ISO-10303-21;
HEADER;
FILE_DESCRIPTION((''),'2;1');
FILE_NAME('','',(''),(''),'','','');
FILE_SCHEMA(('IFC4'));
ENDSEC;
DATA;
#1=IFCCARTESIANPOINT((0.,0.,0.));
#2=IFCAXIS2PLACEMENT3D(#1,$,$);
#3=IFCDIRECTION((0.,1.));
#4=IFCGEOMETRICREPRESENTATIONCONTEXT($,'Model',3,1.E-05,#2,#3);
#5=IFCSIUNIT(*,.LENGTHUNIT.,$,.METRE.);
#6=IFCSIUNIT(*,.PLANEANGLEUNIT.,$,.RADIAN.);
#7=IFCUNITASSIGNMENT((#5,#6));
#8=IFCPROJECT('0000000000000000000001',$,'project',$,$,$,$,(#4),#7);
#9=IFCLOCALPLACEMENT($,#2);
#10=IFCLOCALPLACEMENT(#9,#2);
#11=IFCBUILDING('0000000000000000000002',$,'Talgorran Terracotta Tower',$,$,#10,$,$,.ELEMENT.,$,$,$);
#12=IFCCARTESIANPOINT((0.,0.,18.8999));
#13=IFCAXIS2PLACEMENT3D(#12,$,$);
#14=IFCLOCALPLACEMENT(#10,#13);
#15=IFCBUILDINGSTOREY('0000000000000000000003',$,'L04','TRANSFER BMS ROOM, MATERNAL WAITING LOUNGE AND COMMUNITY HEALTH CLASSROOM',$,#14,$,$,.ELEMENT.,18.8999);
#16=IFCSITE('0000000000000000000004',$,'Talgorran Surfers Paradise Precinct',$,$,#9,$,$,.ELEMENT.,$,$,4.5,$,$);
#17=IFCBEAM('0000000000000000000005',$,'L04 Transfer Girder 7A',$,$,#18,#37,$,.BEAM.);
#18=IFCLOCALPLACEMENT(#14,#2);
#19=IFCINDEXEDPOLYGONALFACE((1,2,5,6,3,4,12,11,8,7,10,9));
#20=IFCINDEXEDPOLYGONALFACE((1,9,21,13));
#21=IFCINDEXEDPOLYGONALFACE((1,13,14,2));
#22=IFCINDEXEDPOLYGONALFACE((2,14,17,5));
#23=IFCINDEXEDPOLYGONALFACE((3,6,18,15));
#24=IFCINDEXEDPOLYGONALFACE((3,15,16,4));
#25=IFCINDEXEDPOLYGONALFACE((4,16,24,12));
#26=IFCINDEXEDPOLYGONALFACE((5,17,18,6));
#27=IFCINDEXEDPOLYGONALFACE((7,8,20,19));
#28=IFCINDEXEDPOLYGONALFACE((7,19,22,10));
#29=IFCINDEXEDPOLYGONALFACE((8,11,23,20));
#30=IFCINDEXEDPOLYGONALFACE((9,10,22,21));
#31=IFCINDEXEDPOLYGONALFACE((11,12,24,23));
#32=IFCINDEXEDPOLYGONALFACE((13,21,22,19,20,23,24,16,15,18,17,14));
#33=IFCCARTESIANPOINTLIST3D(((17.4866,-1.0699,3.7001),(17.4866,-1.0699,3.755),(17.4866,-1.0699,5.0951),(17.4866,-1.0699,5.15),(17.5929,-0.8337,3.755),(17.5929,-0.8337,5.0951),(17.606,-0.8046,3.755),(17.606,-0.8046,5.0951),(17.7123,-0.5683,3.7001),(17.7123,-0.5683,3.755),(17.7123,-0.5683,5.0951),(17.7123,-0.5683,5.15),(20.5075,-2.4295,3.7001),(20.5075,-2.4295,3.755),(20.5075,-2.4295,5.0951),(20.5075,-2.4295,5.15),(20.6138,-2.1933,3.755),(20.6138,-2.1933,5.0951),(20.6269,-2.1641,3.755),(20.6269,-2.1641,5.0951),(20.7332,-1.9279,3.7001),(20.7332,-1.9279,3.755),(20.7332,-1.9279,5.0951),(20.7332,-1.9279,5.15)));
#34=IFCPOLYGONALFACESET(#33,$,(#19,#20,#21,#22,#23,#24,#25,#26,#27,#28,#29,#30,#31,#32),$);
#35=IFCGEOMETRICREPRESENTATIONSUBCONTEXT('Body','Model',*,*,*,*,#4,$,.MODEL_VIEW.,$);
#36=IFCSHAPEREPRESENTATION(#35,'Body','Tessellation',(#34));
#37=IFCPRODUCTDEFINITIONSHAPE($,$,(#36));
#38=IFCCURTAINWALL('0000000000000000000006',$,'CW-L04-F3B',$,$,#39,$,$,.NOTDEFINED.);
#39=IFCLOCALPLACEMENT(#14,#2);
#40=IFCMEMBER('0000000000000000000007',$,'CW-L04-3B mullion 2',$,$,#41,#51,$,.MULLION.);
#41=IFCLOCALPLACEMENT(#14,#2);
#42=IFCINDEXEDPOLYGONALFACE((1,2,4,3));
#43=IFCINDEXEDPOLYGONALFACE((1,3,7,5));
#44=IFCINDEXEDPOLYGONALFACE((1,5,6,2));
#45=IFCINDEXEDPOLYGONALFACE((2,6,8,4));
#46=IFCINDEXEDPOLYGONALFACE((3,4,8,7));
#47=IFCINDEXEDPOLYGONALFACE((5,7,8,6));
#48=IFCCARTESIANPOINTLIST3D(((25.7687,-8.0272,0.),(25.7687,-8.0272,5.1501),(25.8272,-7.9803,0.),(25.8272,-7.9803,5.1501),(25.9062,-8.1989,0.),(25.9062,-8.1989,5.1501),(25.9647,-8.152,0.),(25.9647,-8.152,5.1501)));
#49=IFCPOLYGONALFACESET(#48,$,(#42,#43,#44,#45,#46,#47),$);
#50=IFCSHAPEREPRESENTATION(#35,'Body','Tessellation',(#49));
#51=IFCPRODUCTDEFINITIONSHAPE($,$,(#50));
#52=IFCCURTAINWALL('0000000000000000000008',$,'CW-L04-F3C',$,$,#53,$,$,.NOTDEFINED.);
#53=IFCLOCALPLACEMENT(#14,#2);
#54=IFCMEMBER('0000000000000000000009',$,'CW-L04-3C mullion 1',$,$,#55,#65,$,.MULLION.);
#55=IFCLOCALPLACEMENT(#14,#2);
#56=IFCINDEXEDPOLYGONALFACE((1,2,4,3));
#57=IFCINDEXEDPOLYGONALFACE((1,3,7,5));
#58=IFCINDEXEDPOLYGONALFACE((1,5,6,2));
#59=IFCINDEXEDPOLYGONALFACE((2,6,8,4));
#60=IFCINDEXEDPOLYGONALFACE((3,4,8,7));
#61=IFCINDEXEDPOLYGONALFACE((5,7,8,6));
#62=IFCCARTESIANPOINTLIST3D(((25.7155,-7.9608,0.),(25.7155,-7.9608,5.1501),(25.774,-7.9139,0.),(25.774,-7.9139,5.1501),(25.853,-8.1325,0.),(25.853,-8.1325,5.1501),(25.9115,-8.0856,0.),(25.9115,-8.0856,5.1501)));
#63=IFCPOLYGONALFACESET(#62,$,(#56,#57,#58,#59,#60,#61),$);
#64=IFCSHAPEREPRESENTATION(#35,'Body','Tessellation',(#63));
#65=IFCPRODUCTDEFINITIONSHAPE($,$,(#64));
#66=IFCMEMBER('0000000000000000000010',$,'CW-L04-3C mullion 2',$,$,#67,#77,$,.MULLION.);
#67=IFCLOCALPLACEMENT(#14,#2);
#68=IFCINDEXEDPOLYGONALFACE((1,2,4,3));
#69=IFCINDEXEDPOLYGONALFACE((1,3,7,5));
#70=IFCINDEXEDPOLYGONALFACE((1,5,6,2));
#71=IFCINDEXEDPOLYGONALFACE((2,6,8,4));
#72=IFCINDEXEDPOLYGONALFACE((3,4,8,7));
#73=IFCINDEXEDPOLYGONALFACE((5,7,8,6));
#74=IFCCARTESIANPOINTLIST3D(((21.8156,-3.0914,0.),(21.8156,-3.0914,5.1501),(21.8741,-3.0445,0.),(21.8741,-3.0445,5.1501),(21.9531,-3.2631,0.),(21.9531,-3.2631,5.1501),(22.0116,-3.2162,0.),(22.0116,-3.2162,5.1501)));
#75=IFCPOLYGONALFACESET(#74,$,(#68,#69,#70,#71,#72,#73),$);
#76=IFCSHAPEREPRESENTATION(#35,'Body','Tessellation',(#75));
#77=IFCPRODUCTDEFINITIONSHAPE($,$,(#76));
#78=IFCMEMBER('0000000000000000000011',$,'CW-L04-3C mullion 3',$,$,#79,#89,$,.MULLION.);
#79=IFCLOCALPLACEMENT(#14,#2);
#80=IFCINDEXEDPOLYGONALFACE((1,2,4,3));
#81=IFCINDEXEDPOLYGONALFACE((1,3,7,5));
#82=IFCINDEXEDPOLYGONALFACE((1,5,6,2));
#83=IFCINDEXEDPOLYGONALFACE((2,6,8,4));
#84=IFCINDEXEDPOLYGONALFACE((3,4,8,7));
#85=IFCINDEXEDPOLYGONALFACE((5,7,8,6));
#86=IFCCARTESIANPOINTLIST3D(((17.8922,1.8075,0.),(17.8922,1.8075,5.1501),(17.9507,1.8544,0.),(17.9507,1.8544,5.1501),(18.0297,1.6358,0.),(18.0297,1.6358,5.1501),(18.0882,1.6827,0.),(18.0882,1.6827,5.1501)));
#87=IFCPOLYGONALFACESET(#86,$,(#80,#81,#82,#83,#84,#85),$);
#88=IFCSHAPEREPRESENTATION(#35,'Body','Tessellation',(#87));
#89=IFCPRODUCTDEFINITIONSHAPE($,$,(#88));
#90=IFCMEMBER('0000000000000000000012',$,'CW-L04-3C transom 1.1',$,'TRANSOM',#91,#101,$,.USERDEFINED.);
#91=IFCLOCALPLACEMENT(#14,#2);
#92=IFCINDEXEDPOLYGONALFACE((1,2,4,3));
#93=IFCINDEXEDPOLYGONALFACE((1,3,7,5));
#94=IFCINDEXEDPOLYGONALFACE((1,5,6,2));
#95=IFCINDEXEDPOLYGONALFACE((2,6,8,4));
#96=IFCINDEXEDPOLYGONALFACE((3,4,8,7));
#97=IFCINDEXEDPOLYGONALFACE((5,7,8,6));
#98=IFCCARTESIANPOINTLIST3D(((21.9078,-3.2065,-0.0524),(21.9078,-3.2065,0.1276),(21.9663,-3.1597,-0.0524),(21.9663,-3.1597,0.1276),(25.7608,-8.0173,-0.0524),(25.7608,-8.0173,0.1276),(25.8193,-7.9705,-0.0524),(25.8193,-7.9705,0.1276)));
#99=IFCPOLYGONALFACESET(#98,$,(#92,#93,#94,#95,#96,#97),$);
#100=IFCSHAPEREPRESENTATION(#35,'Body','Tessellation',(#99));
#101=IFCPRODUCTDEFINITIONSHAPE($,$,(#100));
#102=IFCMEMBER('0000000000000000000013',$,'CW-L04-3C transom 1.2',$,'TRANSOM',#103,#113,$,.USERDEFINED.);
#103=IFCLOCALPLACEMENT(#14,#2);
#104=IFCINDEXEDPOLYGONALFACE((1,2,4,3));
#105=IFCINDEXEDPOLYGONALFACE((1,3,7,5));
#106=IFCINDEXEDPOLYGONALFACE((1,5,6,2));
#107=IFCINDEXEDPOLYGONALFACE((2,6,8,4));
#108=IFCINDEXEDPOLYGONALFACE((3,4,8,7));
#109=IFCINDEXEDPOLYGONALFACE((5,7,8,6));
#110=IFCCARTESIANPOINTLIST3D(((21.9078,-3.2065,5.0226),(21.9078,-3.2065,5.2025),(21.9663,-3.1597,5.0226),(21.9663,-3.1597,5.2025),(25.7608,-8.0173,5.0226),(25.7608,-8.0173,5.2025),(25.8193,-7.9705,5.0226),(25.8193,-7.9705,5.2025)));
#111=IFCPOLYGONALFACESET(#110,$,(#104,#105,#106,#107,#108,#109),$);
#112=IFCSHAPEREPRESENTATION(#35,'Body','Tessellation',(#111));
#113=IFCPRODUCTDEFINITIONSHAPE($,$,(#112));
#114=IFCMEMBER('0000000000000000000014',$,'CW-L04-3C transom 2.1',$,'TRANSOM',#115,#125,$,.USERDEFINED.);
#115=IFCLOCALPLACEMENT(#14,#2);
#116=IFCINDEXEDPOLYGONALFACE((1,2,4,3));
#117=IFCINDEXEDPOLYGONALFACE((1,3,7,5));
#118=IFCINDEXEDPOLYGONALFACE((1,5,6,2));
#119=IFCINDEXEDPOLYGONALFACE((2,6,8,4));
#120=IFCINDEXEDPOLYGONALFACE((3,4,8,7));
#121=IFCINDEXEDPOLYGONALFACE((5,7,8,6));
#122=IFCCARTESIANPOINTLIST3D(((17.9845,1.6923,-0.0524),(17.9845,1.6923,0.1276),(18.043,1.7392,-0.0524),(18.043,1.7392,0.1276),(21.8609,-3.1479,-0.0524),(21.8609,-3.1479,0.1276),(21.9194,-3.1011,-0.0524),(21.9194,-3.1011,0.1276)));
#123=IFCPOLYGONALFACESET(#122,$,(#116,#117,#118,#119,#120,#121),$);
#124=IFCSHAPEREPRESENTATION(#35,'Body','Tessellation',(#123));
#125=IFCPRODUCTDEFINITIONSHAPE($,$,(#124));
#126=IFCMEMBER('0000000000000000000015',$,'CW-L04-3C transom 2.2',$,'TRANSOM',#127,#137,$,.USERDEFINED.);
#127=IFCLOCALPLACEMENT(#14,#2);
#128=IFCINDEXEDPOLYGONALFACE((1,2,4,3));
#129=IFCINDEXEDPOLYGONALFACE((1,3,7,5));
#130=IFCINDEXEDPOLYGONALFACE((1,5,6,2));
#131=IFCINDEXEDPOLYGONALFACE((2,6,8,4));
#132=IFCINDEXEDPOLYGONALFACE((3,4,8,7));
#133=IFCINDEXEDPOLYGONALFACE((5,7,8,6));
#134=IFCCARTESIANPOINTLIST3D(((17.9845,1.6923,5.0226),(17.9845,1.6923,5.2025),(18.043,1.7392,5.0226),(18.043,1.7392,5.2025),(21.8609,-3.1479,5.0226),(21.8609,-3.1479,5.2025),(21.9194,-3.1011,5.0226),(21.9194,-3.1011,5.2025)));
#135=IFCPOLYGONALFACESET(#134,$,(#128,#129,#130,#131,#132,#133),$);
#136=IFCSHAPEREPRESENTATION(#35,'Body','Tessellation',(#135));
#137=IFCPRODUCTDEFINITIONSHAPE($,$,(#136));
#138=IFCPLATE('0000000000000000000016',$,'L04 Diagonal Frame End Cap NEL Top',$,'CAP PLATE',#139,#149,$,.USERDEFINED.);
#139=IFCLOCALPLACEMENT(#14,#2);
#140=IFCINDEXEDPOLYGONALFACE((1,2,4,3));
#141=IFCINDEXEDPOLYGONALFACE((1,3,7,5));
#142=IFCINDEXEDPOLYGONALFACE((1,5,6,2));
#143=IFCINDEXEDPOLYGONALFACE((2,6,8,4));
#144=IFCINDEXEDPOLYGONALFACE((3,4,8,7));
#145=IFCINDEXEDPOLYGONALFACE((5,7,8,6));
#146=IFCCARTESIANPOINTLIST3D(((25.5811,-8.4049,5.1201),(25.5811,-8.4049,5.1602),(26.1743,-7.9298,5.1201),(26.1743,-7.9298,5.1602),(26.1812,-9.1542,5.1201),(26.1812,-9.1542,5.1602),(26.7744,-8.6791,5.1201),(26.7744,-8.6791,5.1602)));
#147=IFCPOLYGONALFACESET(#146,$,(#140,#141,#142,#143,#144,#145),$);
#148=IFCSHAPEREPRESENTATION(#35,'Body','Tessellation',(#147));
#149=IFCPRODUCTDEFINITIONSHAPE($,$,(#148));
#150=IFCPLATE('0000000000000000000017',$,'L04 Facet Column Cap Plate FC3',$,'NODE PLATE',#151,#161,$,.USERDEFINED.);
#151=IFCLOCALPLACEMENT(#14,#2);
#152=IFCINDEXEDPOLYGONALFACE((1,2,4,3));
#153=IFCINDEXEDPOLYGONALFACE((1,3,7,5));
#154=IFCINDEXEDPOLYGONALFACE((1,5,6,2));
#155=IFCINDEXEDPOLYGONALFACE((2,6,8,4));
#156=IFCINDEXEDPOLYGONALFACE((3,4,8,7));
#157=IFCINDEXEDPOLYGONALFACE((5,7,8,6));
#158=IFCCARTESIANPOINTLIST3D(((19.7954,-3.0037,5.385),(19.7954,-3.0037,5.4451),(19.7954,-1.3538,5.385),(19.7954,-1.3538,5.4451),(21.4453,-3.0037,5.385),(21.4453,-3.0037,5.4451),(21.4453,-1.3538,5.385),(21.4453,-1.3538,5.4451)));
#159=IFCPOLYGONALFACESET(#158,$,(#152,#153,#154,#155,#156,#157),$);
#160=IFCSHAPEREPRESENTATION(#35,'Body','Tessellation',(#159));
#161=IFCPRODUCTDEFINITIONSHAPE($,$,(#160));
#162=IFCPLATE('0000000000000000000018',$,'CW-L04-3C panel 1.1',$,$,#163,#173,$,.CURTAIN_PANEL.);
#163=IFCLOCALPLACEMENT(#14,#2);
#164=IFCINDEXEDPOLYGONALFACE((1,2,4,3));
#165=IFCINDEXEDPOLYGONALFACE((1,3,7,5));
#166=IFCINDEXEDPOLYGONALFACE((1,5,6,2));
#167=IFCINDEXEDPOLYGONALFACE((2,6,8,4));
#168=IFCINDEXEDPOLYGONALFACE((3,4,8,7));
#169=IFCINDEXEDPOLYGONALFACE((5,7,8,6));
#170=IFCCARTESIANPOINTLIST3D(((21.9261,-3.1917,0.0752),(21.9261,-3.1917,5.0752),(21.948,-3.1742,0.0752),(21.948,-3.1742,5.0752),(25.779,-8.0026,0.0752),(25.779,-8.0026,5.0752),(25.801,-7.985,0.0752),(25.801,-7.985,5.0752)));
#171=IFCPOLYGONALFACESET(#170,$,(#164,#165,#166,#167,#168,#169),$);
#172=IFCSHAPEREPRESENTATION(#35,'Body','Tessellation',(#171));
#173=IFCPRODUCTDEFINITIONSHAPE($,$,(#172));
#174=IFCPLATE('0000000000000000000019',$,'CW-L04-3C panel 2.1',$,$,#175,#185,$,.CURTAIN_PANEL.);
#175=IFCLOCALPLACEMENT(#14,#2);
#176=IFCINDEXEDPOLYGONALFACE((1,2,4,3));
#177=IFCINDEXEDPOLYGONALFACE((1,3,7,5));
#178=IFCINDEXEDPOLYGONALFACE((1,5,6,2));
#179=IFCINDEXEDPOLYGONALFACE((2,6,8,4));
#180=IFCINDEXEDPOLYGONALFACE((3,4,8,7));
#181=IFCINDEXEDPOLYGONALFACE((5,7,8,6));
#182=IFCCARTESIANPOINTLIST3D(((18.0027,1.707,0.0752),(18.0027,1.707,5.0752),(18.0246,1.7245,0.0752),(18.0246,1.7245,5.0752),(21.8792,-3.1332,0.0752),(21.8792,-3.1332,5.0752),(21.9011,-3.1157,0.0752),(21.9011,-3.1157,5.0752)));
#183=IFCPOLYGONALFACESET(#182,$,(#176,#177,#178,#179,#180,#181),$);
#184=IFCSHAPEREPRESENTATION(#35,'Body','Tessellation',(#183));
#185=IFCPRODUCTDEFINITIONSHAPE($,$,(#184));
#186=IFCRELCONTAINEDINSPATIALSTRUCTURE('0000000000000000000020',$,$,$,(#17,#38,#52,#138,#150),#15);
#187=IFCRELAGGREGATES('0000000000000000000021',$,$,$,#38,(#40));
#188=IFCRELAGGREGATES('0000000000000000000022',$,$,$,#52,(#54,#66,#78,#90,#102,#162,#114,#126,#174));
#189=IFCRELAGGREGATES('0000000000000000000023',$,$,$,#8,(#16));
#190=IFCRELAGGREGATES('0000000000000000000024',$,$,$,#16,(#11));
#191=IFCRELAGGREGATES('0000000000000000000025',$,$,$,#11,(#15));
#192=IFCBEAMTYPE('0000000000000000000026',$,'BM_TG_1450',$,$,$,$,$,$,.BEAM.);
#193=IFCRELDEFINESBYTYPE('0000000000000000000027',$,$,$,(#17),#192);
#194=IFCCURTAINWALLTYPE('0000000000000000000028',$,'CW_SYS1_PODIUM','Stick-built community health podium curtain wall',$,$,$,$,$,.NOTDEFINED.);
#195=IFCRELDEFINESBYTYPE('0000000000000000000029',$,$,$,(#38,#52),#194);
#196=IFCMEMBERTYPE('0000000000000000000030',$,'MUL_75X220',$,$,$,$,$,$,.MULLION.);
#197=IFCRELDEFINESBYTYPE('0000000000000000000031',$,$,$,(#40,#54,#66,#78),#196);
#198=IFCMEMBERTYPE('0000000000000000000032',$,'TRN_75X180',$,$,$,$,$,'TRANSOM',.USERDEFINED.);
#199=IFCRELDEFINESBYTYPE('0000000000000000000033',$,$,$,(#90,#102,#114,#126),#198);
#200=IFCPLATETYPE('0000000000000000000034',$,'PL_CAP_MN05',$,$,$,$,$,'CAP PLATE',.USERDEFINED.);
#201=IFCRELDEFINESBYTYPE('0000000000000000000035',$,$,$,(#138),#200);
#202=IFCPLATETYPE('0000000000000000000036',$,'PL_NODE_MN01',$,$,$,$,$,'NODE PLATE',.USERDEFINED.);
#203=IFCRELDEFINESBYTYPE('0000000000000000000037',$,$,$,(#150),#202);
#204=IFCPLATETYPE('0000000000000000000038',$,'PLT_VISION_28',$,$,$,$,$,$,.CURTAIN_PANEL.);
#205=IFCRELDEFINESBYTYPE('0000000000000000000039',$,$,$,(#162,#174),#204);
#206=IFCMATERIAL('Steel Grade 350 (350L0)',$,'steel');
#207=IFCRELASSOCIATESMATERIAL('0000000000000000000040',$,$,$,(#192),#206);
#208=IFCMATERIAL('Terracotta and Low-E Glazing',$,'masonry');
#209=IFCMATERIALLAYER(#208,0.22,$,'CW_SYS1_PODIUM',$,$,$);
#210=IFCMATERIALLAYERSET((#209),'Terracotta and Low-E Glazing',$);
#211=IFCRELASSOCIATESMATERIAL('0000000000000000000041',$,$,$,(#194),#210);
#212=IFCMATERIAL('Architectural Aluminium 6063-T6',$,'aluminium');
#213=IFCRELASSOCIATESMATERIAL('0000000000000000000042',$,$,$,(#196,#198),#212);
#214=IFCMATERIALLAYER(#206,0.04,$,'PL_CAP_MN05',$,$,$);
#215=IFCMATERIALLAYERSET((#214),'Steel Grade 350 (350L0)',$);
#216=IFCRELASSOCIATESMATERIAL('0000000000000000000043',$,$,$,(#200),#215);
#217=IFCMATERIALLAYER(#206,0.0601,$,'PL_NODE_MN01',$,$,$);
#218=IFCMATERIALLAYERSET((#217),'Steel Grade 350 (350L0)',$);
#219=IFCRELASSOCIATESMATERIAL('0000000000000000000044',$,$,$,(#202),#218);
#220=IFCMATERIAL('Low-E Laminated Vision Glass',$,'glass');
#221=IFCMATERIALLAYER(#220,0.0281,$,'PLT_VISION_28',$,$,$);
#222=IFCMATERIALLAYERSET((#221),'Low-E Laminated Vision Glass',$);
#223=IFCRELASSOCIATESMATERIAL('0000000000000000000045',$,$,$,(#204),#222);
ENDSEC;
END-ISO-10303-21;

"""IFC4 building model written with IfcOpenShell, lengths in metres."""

from ifc_helpers import new_model, si_unit, direction, frame, origin, origin_2d, place, context, subcontext, project, spatial, rectangle, i_section, extrude, source, transform, mapped, material, layer, layer_set, material_profile, profile_set, type_object, type_shapes, element, aggregate, save


model = new_model("IFC4")

# Units and contexts
model_context = context("Model", 3, precision=1e-05, world=origin(), true_north=direction((0.0, 1.0)))
body_context = subcontext(model_context, "Body", "Model", "MODEL_VIEW")
ifc_project = project(units=[si_unit("LENGTHUNIT", "METRE"), si_unit("PLANEANGLEUNIT", "RADIAN")], contexts=[model_context])

# Site, building, storey
site_placement = place(None, origin())
site = spatial("IfcSite", under=ifc_project, at=site_placement, Name="Talgorran Surfers Paradise Precinct", CompositionType="ELEMENT", RefElevation=4.5)
building_placement = place(site_placement, origin())
building = spatial("IfcBuilding", under=site, at=building_placement, Name="Talgorran Terracotta Tower", CompositionType="ELEMENT")
storey_placement = place(building_placement, frame((0.0, 0.0, 18.8999)))
storey = spatial("IfcBuildingStorey", under=building, at=storey_placement, Name="L04", Description="TRANSFER BMS ROOM, MATERNAL WAITING LOUNGE AND COMMUNITY HEALTH CLASSROOM", CompositionType="ELEMENT", Elevation=18.8999)

# Shared definitions
ifc_material_1 = material(Name="Steel Grade 350 (350L0)", Category="steel")

# Beam
ifc_material_profile_1 = material_profile(ifc_material_1, i_section(OverallWidth=0.55, OverallDepth=1.45, WebThickness=0.032, FlangeThickness=0.0549, at=origin_2d()), Name="TG1450X550")
ifc_profile_set_1 = profile_set([ifc_material_profile_1], Name="Steel Grade 350 (350L0)")
beam_type_1 = type_object("IfcBeamType", Name="BM_TG_1450", PredefinedType="BEAM", material=ifc_profile_set_1)
beam_1_placement = place(storey_placement, frame((20.6204, -2.1787, 4.425), z_axis=(-0.911902, 0.410408, 0.0), x_axis=(-0.410408, -0.911902, 0.0)))
element("IfcBeam", 1, at=beam_1_placement, inside=storey, type_object=beam_type_1, Name="L04 Transfer Girder 7A", PredefinedType="BEAM", context=body_context, shape_type="SweptSolid", body=[
    extrude(i_section(OverallWidth=0.55, OverallDepth=1.45, WebThickness=0.032, FlangeThickness=0.0549, at=origin_2d()), origin(), (0.0, 0.0, 1.0), 3.3127),
])

# Curtain wall, member
ifc_material_2 = material(Name="Terracotta and Low-E Glazing", Category="masonry")
ifc_layer_1 = layer(ifc_material_2, 0.22, Name="CW_SYS1_PODIUM")
ifc_layer_set_1 = layer_set([ifc_layer_1], Name="Terracotta and Low-E Glazing")
curtain_wall_type = type_object("IfcCurtainWallType", Name="CW_SYS1_PODIUM", Description="Stick-built community health podium curtain wall", PredefinedType="NOTDEFINED", material=ifc_layer_set_1)
curtain_wall_1_placement = place(storey_placement, origin())
curtain_wall_1 = element("IfcCurtainWall", 2, at=curtain_wall_1_placement, inside=storey, type_object=curtain_wall_type, Name="CW-L04-F3B", PredefinedType="NOTDEFINED")
ifc_material_3 = material(Name="Architectural Aluminium 6063-T6", Category="aluminium")
ifc_material_profile_2 = material_profile(ifc_material_3, rectangle(XDim=0.075, YDim=0.22, at=origin_2d()), Name="CWM75X220")
ifc_profile_set_2 = profile_set([ifc_material_profile_2], Name="Architectural Aluminium 6063-T6")
member_type_1 = type_object("IfcMemberType", Name="MUL_75X220", PredefinedType="MULLION", material=ifc_profile_set_2)
member_1_placement = place(storey_placement, frame((25.8667, -8.0896, 0.0), z_axis=(0.0, 0.0, 1.0), x_axis=(-0.780541, -0.625104, 0.0)))
member_1 = element("IfcMember", 3, at=member_1_placement, type_object=member_type_1, Name="CW-L04-3B mullion 2", PredefinedType="MULLION", context=body_context, shape_type="SweptSolid", body=[
    extrude(rectangle(XDim=0.075, YDim=0.22, at=origin_2d()), origin(), (0.0, 0.0, 1.0), 5.1501),
])
aggregate(curtain_wall_1, [member_1])

# Curtain wall, members
curtain_wall_2_placement = place(storey_placement, origin())
curtain_wall_2 = element("IfcCurtainWall", 4, at=curtain_wall_2_placement, inside=storey, type_object=curtain_wall_type, Name="CW-L04-F3C", PredefinedType="NOTDEFINED")
member_2_placement = place(storey_placement, frame((25.8135, -8.0232, 0.0), z_axis=(0.0, 0.0, 1.0), x_axis=(-0.780533, -0.625115, 0.0)))
member_2 = element("IfcMember", 5, at=member_2_placement, type_object=member_type_1, Name="CW-L04-3C mullion 1", PredefinedType="MULLION", context=body_context, shape_type="SweptSolid", body=[
    extrude(rectangle(XDim=0.075, YDim=0.22, at=origin_2d()), origin(), (0.0, 0.0, 1.0), 5.1501),
])
member_3_placement = place(storey_placement, frame((21.9136, -3.1538, 0.0), z_axis=(0.0, 0.0, 1.0), x_axis=(-0.780533, -0.625115, 0.0)))
member_3 = element("IfcMember", 6, at=member_3_placement, type_object=member_type_1, Name="CW-L04-3C mullion 2", PredefinedType="MULLION", context=body_context, shape_type="SweptSolid", body=[
    extrude(rectangle(XDim=0.075, YDim=0.22, at=origin_2d()), origin(), (0.0, 0.0, 1.0), 5.1501),
])
member_4_placement = place(storey_placement, frame((17.9902, 1.7451, 0.0), z_axis=(0.0, 0.0, 1.0), x_axis=(-0.780533, -0.625115, 0.0)))
member_4 = element("IfcMember", 7, at=member_4_placement, type_object=member_type_1, Name="CW-L04-3C mullion 3", PredefinedType="MULLION", context=body_context, shape_type="SweptSolid", body=[
    extrude(rectangle(XDim=0.075, YDim=0.22, at=origin_2d()), origin(), (0.0, 0.0, 1.0), 5.1501),
])
ifc_material_profile_3 = material_profile(ifc_material_3, rectangle(XDim=0.075, YDim=0.1799, at=origin_2d()), Name="CWT75X180")
ifc_profile_set_3 = profile_set([ifc_material_profile_3], Name="Architectural Aluminium 6063-T6")
member_type_2 = type_object("IfcMemberType", Name="TRN_75X180", ElementType="TRANSOM", PredefinedType="USERDEFINED", material=ifc_profile_set_3)
member_5_placement = place(storey_placement, frame((25.79, -7.9939, 0.0376), z_axis=(-0.62513, 0.780521, 0.0), x_axis=(-0.780521, -0.62513, 0.0)))
member_5 = element("IfcMember", 8, at=member_5_placement, type_object=member_type_2, Name="CW-L04-3C transom 1.1", ObjectType="TRANSOM", PredefinedType="USERDEFINED", context=body_context, shape_type="SweptSolid", body=[
    extrude(rectangle(XDim=0.075, YDim=0.1799, at=origin_2d()), origin(), (0.0, 0.0, 1.0), 6.1636),
])
member_6_placement = place(storey_placement, frame((25.79, -7.9939, 5.1125), z_axis=(-0.62513, 0.780521, 0.0), x_axis=(-0.780521, -0.62513, 0.0)))
member_6 = element("IfcMember", 9, at=member_6_placement, type_object=member_type_2, Name="CW-L04-3C transom 1.2", ObjectType="TRANSOM", PredefinedType="USERDEFINED", context=body_context, shape_type="SweptSolid", body=[
    extrude(rectangle(XDim=0.075, YDim=0.1799, at=origin_2d()), origin(), (0.0, 0.0, 1.0), 6.1636),
])
member_7_placement = place(storey_placement, frame((21.8901, -3.1245, 0.0376), z_axis=(-0.625108, 0.780538, 0.0), x_axis=(-0.780538, -0.625108, 0.0)))
member_7 = element("IfcMember", 10, at=member_7_placement, type_object=member_type_2, Name="CW-L04-3C transom 2.1", ObjectType="TRANSOM", PredefinedType="USERDEFINED", context=body_context, shape_type="SweptSolid", body=[
    extrude(rectangle(XDim=0.075, YDim=0.1799, at=origin_2d()), origin(), (0.0, 0.0, 1.0), 6.2012),
])
member_8_placement = place(storey_placement, frame((21.8901, -3.1245, 5.1125), z_axis=(-0.625108, 0.780538, 0.0), x_axis=(-0.780538, -0.625108, 0.0)))
member_8 = element("IfcMember", 11, at=member_8_placement, type_object=member_type_2, Name="CW-L04-3C transom 2.2", ObjectType="TRANSOM", PredefinedType="USERDEFINED", context=body_context, shape_type="SweptSolid", body=[
    extrude(rectangle(XDim=0.075, YDim=0.1799, at=origin_2d()), origin(), (0.0, 0.0, 1.0), 6.2012),
])

# Plates
ifc_layer_2 = layer(ifc_material_1, 0.04, Name="PL_CAP_MN05")
ifc_layer_set_2 = layer_set([ifc_layer_2], Name="Steel Grade 350 (350L0)")
plate_type_1 = type_object("IfcPlateType", Name="PL_CAP_MN05", ElementType="CAP PLATE", PredefinedType="USERDEFINED", material=ifc_layer_set_2)
plate_1_placement = place(storey_placement, frame((26.1777, -8.542, 5.1201), z_axis=(0.0, 0.0, 1.0), x_axis=(-0.625106, 0.78054, 0.0)))
element("IfcPlate", 12, at=plate_1_placement, inside=storey, type_object=plate_type_1, Name="L04 Diagonal Frame End Cap NEL Top", ObjectType="CAP PLATE", PredefinedType="USERDEFINED", context=body_context, shape_type="SweptSolid", body=[
    extrude(rectangle(XDim=0.96, YDim=0.76, at=origin_2d()), origin(), (0.0, 0.0, 1.0), 0.04),
])
ifc_layer_3 = layer(ifc_material_1, 0.0601, Name="PL_NODE_MN01")
ifc_layer_set_3 = layer_set([ifc_layer_3], Name="Steel Grade 350 (350L0)")
plate_type_2 = type_object("IfcPlateType", Name="PL_NODE_MN01", ElementType="NODE PLATE", PredefinedType="USERDEFINED", material=ifc_layer_set_3)
plate_2_placement = place(storey_placement, frame((20.6204, -2.1787, 5.385), z_axis=(0.0, 0.0, 1.0), x_axis=(1.0, 0.0, 0.0)))
element("IfcPlate", 13, at=plate_2_placement, inside=storey, type_object=plate_type_2, Name="L04 Facet Column Cap Plate FC3", ObjectType="NODE PLATE", PredefinedType="USERDEFINED", context=body_context, shape_type="SweptSolid", body=[
    extrude(rectangle(XDim=1.6499, YDim=1.6499, at=origin_2d()), origin(), (0.0, 0.0, 1.0), 0.0601),
])

# Plates
ifc_material_4 = material(Name="Low-E Laminated Vision Glass", Category="glass")
ifc_layer_4 = layer(ifc_material_4, 0.0281, Name="PLT_VISION_28")
ifc_layer_set_4 = layer_set([ifc_layer_4], Name="Low-E Laminated Vision Glass")
plate_type_3 = type_object("IfcPlateType", Name="PLT_VISION_28", PredefinedType="CURTAIN_PANEL", material=ifc_layer_set_4)
shared_shape_1 = source(origin(), body_context, "Body", "SweptSolid", [
    extrude(rectangle(XDim=6.1636, YDim=0.0281, at=origin_2d()), origin(), (0.0, 0.0, 1.0), 5.0),
])
plate_3_placement = place(storey_placement, frame((23.8635, -5.5884, 0.0752), z_axis=(0.0, 0.0, 1.0), x_axis=(-0.625115, 0.780533, 0.0)))
plate_3 = element("IfcPlate", 14, at=plate_3_placement, type_object=plate_type_3, Name="CW-L04-3C panel 1.1", PredefinedType="CURTAIN_PANEL", context=body_context, shape_type="MappedRepresentation", body=[
    mapped(shared_shape_1, transform((0.0, 0.0, 0.0), scale=1.0)),
])
shared_shape_2 = source(origin(), body_context, "Body", "SweptSolid", [
    extrude(rectangle(XDim=6.2012, YDim=0.0281, at=origin_2d()), origin(), (0.0, 0.0, 1.0), 5.0),
])
type_shapes(plate_type_3, [shared_shape_1, shared_shape_2])
plate_4_placement = place(storey_placement, frame((19.9519, -0.7043, 0.0752), z_axis=(0.0, 0.0, 1.0), x_axis=(-0.625115, 0.780533, 0.0)))
plate_4 = element("IfcPlate", 15, at=plate_4_placement, type_object=plate_type_3, Name="CW-L04-3C panel 2.1", PredefinedType="CURTAIN_PANEL", context=body_context, shape_type="MappedRepresentation", body=[
    mapped(shared_shape_2, transform((0.0, 0.0, 0.0), scale=1.0)),
])
aggregate(curtain_wall_2, [member_2, member_3, member_4, member_5, member_6, plate_3, member_7, member_8, plate_4])

save(model, "model.ifc")
